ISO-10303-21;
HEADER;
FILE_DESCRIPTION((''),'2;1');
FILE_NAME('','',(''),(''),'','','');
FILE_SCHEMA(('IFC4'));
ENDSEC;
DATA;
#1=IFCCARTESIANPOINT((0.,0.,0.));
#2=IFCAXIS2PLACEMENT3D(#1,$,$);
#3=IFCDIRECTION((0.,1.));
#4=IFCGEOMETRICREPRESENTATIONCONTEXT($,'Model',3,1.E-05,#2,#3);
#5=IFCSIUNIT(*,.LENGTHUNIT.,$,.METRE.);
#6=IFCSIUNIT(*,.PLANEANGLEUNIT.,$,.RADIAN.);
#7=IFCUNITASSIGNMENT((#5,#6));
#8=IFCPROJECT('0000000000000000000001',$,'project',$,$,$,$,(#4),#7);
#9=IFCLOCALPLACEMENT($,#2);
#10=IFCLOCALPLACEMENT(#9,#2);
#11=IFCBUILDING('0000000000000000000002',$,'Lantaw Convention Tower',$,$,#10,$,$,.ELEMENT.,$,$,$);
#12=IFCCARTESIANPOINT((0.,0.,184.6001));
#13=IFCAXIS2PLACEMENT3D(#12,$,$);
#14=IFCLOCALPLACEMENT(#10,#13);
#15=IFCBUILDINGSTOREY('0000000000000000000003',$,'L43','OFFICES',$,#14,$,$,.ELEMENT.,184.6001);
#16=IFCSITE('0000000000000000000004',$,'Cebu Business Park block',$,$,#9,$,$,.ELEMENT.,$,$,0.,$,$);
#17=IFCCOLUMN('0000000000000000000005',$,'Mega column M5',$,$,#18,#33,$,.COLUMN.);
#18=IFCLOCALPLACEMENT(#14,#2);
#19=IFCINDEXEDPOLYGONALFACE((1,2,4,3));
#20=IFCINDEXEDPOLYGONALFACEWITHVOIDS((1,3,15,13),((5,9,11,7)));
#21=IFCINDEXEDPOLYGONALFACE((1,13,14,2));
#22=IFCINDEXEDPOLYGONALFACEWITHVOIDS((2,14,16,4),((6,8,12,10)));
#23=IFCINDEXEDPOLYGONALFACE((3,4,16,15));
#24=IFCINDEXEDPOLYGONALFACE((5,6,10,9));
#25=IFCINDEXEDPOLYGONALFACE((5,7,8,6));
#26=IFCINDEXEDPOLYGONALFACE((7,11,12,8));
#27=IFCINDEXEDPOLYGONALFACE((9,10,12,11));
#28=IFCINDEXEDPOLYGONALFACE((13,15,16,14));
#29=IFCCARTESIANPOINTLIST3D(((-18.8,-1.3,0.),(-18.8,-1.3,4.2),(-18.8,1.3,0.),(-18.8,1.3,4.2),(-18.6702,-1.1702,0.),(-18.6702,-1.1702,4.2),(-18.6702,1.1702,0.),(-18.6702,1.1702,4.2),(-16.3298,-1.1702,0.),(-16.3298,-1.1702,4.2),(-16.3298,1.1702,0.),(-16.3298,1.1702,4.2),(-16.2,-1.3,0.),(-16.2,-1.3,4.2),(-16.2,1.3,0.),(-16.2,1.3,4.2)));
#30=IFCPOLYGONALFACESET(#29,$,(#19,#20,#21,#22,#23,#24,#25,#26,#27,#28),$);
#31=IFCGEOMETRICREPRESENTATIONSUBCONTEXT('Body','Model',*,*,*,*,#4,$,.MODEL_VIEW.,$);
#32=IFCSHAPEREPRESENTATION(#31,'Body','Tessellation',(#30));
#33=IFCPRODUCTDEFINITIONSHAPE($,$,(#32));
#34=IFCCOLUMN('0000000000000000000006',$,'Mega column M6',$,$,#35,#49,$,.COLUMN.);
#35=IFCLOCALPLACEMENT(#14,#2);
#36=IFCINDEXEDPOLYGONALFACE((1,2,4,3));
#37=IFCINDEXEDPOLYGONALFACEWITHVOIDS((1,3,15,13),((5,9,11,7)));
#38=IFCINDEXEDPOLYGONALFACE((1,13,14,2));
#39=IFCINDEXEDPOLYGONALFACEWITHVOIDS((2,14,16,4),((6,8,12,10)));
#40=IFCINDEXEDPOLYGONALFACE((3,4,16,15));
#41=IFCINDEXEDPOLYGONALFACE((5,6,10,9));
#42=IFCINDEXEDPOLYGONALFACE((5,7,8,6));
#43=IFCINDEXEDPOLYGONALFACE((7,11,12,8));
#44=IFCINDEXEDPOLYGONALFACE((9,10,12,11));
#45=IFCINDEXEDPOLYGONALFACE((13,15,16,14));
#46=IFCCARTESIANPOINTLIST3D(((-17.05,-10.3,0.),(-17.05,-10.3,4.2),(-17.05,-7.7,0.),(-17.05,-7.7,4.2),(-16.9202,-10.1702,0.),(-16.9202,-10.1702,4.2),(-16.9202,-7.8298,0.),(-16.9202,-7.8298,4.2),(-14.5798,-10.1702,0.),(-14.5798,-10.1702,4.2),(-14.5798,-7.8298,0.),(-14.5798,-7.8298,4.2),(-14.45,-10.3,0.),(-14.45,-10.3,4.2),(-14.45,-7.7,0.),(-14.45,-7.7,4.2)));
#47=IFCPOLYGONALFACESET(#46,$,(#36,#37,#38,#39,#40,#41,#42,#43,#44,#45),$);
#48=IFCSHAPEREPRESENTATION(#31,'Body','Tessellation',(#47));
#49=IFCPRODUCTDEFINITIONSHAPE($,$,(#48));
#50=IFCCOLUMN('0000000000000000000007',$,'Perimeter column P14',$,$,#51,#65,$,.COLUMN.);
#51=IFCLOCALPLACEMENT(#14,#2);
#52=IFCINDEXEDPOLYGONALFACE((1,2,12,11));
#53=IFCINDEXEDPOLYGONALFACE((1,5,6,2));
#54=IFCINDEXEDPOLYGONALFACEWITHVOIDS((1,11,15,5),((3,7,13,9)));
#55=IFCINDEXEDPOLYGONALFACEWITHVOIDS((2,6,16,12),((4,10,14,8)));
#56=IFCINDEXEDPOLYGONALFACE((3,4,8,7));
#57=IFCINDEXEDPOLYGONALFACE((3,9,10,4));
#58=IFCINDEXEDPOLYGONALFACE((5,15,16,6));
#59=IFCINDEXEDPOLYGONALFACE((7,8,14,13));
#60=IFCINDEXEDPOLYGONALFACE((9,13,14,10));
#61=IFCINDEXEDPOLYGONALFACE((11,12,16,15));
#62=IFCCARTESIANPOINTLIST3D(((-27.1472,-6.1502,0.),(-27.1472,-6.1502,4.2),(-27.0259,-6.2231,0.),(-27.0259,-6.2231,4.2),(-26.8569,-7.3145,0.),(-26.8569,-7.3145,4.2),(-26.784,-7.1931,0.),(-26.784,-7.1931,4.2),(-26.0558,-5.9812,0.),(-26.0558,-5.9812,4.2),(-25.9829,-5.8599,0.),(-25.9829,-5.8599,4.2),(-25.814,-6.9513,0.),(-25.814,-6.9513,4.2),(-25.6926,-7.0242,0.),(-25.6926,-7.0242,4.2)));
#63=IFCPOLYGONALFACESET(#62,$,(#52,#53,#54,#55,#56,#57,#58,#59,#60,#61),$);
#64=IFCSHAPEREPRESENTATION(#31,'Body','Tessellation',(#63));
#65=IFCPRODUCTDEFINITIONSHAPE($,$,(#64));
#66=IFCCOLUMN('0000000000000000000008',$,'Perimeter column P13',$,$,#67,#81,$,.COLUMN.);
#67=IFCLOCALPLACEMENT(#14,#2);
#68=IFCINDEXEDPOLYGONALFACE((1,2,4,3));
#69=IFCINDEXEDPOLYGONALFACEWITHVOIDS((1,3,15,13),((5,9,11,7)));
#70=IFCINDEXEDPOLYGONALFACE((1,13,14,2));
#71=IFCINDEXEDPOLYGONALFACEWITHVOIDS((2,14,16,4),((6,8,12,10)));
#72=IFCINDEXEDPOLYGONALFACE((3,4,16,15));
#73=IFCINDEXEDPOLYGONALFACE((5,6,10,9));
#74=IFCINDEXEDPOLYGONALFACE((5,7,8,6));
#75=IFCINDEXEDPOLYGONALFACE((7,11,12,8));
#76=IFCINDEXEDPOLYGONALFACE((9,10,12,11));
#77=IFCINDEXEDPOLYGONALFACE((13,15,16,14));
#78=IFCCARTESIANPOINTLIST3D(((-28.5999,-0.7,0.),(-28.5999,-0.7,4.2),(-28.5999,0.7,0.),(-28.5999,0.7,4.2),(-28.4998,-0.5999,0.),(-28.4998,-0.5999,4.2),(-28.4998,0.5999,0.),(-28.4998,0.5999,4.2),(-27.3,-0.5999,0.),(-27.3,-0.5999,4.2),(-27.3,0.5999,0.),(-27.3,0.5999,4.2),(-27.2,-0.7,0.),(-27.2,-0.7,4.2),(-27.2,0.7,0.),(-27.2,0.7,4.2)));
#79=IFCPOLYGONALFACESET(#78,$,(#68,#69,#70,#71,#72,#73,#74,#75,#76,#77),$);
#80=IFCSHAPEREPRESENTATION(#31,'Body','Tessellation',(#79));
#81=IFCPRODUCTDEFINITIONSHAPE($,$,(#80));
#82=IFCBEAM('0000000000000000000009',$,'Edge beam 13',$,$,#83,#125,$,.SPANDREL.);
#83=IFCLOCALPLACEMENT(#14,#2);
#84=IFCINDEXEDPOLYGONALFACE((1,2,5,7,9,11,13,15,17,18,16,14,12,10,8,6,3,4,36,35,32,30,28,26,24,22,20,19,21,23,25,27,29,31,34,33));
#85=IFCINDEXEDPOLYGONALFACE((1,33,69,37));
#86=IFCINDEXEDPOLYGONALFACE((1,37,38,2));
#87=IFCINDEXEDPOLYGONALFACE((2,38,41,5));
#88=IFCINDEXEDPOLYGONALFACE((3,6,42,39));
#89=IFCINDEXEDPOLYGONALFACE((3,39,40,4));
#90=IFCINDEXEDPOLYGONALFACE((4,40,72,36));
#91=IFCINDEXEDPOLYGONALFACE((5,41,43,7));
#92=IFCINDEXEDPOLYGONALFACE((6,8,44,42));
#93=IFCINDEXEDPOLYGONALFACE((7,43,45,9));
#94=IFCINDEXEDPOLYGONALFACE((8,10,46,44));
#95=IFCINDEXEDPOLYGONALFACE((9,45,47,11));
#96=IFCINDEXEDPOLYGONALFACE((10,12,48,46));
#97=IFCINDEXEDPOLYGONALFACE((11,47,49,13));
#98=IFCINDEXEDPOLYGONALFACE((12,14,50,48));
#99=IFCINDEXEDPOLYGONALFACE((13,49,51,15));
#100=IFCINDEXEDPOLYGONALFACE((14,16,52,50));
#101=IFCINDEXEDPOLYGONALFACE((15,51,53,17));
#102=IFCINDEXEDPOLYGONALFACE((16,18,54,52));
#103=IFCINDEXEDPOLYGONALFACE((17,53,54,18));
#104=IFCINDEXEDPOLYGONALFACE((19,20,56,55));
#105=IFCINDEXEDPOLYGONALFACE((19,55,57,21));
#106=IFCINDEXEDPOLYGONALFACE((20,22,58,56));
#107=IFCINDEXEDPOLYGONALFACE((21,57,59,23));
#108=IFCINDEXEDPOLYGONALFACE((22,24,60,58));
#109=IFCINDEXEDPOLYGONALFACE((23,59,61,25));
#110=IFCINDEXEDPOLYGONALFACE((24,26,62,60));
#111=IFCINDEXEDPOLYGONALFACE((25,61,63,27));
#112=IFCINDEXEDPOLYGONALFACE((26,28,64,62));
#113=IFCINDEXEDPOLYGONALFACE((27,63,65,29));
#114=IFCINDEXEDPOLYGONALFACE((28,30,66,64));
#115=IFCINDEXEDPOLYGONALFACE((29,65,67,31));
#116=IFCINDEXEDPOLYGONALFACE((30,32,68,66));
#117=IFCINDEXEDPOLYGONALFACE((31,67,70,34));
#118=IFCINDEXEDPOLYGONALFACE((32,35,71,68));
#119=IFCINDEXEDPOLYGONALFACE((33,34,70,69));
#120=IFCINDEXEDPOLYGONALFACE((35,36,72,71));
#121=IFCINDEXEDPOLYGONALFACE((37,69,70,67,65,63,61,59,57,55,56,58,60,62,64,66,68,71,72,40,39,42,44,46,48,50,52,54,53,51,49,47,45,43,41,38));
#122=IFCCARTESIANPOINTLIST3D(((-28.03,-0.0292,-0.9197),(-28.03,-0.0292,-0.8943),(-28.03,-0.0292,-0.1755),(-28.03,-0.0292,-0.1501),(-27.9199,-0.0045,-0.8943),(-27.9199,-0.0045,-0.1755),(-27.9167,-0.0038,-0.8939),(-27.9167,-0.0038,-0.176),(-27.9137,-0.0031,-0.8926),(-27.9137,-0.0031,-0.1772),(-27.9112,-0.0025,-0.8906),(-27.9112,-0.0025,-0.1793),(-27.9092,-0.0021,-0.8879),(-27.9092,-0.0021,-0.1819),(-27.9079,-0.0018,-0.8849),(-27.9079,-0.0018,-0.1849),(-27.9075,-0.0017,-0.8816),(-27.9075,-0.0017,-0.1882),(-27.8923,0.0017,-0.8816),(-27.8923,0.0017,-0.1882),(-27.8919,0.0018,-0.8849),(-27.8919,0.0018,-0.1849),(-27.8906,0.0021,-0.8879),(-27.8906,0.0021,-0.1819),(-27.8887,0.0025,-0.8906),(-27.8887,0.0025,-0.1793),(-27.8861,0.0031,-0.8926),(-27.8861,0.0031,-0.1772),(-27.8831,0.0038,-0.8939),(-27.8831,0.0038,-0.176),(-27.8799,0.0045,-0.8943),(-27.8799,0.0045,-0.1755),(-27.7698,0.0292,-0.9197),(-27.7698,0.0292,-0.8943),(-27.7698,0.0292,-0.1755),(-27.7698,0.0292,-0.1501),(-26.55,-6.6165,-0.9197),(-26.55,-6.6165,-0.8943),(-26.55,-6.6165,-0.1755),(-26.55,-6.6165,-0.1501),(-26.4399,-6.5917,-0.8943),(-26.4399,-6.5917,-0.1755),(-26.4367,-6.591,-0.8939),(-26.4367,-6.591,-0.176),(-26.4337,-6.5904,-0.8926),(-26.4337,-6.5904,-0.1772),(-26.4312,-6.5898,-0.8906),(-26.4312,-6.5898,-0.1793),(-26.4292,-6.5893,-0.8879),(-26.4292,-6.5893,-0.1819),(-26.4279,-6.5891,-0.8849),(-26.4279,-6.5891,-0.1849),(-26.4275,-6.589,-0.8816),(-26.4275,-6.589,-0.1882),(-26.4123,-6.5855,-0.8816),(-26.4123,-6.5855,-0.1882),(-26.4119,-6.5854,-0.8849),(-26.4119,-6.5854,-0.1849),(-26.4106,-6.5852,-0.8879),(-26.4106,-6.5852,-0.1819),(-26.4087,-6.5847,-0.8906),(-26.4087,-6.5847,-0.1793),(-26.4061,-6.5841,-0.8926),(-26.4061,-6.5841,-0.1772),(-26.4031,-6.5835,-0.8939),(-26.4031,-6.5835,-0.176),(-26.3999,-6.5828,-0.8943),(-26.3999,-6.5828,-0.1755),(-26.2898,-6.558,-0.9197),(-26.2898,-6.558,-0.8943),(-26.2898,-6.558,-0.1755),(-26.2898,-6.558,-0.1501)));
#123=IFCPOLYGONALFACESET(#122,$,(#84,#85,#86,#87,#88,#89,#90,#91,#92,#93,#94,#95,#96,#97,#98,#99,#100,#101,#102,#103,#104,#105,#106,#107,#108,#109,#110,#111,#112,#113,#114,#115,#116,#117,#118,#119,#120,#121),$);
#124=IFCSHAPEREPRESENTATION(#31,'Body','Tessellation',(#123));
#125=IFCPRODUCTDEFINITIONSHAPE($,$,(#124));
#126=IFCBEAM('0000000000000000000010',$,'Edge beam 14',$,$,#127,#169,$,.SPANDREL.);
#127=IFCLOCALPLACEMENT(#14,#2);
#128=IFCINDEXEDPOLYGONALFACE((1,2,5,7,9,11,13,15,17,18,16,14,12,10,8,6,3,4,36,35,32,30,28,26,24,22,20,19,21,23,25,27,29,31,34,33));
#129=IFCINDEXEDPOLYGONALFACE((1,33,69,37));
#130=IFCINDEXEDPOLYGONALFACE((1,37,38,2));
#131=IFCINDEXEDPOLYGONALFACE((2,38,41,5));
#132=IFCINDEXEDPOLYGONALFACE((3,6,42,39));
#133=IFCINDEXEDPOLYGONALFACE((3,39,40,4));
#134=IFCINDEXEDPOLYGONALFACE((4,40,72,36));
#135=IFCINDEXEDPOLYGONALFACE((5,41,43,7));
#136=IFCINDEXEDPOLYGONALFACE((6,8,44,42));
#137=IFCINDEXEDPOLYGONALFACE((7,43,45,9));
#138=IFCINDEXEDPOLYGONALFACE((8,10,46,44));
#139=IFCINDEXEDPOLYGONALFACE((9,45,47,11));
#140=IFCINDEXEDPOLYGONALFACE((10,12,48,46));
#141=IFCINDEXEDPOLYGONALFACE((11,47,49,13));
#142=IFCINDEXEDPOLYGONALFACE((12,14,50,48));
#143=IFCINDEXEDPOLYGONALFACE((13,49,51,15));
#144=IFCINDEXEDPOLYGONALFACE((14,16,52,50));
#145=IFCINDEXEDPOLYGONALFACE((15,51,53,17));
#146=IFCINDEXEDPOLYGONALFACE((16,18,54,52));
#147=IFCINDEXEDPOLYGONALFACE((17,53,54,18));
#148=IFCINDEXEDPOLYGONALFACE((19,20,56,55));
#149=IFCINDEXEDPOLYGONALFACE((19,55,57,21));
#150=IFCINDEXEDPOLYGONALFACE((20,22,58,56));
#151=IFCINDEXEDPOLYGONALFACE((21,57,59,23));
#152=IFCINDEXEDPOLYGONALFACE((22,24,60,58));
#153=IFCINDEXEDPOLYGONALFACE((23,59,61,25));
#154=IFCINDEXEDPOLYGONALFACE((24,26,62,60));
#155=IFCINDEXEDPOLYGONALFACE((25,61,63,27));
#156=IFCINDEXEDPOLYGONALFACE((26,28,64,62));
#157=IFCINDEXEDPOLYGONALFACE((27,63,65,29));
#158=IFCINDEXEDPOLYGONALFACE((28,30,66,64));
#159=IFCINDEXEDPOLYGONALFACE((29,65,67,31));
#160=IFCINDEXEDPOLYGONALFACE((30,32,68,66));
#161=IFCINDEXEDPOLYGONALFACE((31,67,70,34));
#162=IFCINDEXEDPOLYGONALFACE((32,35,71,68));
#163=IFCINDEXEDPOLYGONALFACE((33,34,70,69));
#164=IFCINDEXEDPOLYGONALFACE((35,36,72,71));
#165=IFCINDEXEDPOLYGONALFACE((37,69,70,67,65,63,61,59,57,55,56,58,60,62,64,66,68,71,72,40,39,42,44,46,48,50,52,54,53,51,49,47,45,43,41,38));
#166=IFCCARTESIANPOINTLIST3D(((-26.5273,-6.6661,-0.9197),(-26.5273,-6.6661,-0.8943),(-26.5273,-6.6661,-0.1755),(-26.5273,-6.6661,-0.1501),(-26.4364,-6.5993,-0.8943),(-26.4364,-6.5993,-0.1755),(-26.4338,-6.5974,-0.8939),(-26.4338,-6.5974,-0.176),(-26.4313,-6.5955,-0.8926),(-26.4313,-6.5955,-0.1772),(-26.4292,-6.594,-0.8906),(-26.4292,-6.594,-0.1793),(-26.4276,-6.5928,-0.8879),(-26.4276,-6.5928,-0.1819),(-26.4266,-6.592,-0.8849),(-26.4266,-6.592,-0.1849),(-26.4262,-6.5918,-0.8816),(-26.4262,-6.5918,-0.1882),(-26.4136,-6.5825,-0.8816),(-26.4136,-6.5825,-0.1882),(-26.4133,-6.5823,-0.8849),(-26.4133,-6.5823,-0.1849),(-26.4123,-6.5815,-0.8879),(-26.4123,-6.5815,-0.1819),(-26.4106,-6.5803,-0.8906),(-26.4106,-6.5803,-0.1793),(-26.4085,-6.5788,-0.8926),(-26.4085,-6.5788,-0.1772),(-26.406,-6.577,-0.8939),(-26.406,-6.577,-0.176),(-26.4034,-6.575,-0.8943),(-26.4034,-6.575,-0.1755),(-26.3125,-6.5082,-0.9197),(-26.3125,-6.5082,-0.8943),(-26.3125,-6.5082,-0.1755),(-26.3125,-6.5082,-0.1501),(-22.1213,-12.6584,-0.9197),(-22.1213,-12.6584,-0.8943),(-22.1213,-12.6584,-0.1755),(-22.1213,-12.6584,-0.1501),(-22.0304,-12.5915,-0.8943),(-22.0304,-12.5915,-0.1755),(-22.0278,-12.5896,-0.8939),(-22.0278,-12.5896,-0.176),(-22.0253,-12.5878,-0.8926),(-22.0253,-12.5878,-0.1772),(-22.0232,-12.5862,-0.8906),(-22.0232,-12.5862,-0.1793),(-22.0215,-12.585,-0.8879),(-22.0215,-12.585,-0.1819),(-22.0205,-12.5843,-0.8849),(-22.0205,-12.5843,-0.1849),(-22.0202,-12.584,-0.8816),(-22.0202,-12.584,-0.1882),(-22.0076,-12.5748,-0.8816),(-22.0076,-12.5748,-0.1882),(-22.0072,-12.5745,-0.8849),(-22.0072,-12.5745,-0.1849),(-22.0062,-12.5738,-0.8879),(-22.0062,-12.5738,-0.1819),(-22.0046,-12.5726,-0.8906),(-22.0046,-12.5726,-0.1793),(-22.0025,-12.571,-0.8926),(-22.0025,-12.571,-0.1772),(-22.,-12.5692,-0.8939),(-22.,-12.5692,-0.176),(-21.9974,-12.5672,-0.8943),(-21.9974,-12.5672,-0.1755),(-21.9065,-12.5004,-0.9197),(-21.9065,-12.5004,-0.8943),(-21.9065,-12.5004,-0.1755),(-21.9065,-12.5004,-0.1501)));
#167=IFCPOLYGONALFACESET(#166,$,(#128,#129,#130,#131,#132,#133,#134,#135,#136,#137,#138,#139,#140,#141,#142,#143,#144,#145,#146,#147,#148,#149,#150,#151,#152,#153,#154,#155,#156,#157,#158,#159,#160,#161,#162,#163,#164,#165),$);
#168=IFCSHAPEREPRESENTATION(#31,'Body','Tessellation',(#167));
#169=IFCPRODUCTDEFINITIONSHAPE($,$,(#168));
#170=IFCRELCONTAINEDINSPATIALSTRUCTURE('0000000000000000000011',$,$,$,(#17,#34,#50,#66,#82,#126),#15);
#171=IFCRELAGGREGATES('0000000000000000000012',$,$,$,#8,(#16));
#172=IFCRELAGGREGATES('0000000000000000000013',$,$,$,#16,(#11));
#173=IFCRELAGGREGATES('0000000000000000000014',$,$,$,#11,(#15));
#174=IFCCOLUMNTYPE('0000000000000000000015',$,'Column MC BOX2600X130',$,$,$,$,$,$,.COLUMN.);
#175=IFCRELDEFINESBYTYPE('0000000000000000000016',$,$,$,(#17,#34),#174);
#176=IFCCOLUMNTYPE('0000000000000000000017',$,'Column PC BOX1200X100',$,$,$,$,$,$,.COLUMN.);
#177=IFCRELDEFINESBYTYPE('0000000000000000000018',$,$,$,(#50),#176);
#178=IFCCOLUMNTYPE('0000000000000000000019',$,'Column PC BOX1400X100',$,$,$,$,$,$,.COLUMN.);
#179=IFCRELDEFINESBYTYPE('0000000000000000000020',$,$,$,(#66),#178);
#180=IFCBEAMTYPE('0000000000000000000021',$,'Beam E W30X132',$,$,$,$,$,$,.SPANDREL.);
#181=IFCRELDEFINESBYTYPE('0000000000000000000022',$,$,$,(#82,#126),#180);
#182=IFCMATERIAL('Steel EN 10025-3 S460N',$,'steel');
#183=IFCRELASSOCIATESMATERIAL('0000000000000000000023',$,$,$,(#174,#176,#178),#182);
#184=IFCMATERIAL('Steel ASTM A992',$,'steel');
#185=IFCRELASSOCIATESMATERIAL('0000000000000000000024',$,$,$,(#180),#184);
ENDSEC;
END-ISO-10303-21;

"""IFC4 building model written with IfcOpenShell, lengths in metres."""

from ifc_helpers import new_model, si_unit, direction, frame, origin, origin_2d, place, context, subcontext, project, spatial, rectangle, hollow_rectangle, i_section, extrude, material, material_profile, profile_set, type_object, element, save


model = new_model("IFC4")

# Units and contexts
model_context = context("Model", 3, precision=1e-05, world=origin(), true_north=direction((0.0, 1.0)))
body_context = subcontext(model_context, "Body", "Model", "MODEL_VIEW")
ifc_project = project(units=[si_unit("LENGTHUNIT", "METRE"), si_unit("PLANEANGLEUNIT", "RADIAN")], contexts=[model_context])

# Site, building, storey
site_placement = place(None, origin())
site = spatial("IfcSite", under=ifc_project, at=site_placement, Name="Cebu Business Park block", CompositionType="ELEMENT", RefElevation=0.0)
building_placement = place(site_placement, origin())
building = spatial("IfcBuilding", under=site, at=building_placement, Name="Lantaw Convention Tower", CompositionType="ELEMENT")
storey_placement = place(building_placement, frame((0.0, 0.0, 184.6001)))
storey = spatial("IfcBuildingStorey", under=building, at=storey_placement, Name="L43", Description="OFFICES", CompositionType="ELEMENT", Elevation=184.6001)

# Columns
ifc_material_1 = material(Name="Steel EN 10025-3 S460N", Category="steel")
ifc_material_profile_1 = material_profile(ifc_material_1, hollow_rectangle(XDim=2.6001, YDim=2.6001, WallThickness=0.1299, at=origin_2d()), Name="BOX2600X130")
ifc_material_2 = material(Name="Concrete C60/75", Category="concrete")
ifc_material_profile_2 = material_profile(ifc_material_2, rectangle(XDim=2.3401, YDim=2.3401, at=origin_2d()), Name="Concrete fill of BOX2600X130")
ifc_profile_set_1 = profile_set([ifc_material_profile_1, ifc_material_profile_2], Name="Steel EN 10025-3 S460N")
column_type_1 = type_object("IfcColumnType", Name="Column MC BOX2600X130", PredefinedType="COLUMN", material=ifc_profile_set_1)
for number, where, z_axis, x_axis, name in (
    (1, (-17.5, 0.0, 0.0), (0.0, 0.0, 1.0), (1.0, 0.0, 0.0), "Mega column M5"),
    (2, (-15.75, -9.0, 0.0), (0.0, 0.0, 1.0), (1.0, 0.0, 0.0), "Mega column M6"),
):
    element("IfcColumn", number, at=place(storey_placement, frame(where, z_axis=z_axis, x_axis=x_axis)), inside=storey, type_object=column_type_1, Name=name, PredefinedType="COLUMN", context=body_context, shape_type="SweptSolid", body=[
        extrude(hollow_rectangle(XDim=2.6001, YDim=2.6001, WallThickness=0.1299, at=origin_2d()), origin(), (0.0, 0.0, 1.0), 4.2),
    ])
ifc_material_profile_3 = material_profile(ifc_material_1, hollow_rectangle(XDim=1.2, YDim=1.2, WallThickness=0.1001, at=origin_2d()), Name="BOX1200X100")
ifc_material_profile_4 = material_profile(ifc_material_2, rectangle(XDim=1.0, YDim=1.0, at=origin_2d()), Name="Concrete fill of BOX1200X100")
ifc_profile_set_2 = profile_set([ifc_material_profile_3, ifc_material_profile_4], Name="Steel EN 10025-3 S460N")
column_type_2 = type_object("IfcColumnType", Name="Column PC BOX1200X100", PredefinedType="COLUMN", material=ifc_profile_set_2)
column_1_placement = place(storey_placement, frame((-26.4199, -6.5872, 0.0), z_axis=(0.0, 0.0, 1.0), x_axis=(0.970296, 0.241922, 0.0)))
element("IfcColumn", 3, at=column_1_placement, inside=storey, type_object=column_type_2, Name="Perimeter column P14", PredefinedType="COLUMN", context=body_context, shape_type="SweptSolid", body=[
    extrude(hollow_rectangle(XDim=1.2, YDim=1.2, WallThickness=0.1001, at=origin_2d()), origin(), (0.0, 0.0, 1.0), 4.2),
])
ifc_material_profile_5 = material_profile(ifc_material_1, hollow_rectangle(XDim=1.3999, YDim=1.3999, WallThickness=0.1001, at=origin_2d()), Name="BOX1400X100")
ifc_material_profile_6 = material_profile(ifc_material_2, rectangle(XDim=1.2, YDim=1.2, at=origin_2d()), Name="Concrete fill of BOX1400X100")
ifc_profile_set_3 = profile_set([ifc_material_profile_5, ifc_material_profile_6], Name="Steel EN 10025-3 S460N")
column_type_3 = type_object("IfcColumnType", Name="Column PC BOX1400X100", PredefinedType="COLUMN", material=ifc_profile_set_3)
column_2_placement = place(storey_placement, frame((-27.8999, 0.0, 0.0), z_axis=(0.0, 0.0, 1.0), x_axis=(1.0, 0.0, 0.0)))
element("IfcColumn", 4, at=column_2_placement, inside=storey, type_object=column_type_3, Name="Perimeter column P13", PredefinedType="COLUMN", context=body_context, shape_type="SweptSolid", body=[
    extrude(hollow_rectangle(XDim=1.3999, YDim=1.3999, WallThickness=0.1001, at=origin_2d()), origin(), (0.0, 0.0, 1.0), 4.2),
])

# Beams
ifc_material_3 = material(Name="Steel ASTM A992", Category="steel")
ifc_material_profile_7 = material_profile(ifc_material_3, i_section(OverallWidth=0.2666, OverallDepth=0.7695, WebThickness=0.0156, FlangeThickness=0.0254, FilletRadius=0.0127, at=origin_2d()), Name="W30X132")
ifc_profile_set_4 = profile_set([ifc_material_profile_7], Name="Steel ASTM A992")
beam_type_1 = type_object("IfcBeamType", Name="Beam E W30X132", PredefinedType="SPANDREL", material=ifc_profile_set_4)
beam_1_placement = place(storey_placement, frame((-27.8999, 0.0, -0.5349), z_axis=(0.219212, -0.975677, 0.0), x_axis=(0.975677, 0.219212, 0.0)))
element("IfcBeam", 5, at=beam_1_placement, inside=storey, type_object=beam_type_1, Name="Edge beam 13", PredefinedType="SPANDREL", context=body_context, shape_type="SweptSolid", body=[
    extrude(i_section(OverallWidth=0.2666, OverallDepth=0.7695, WebThickness=0.0156, FlangeThickness=0.0254, FilletRadius=0.0127, at=origin_2d()), origin(), (0.0, 0.0, 1.0), 6.7515),
])
beam_2_placement = place(storey_placement, frame((-26.4199, -6.5872, -0.5349), z_axis=(0.592389, -0.805652, 0.0), x_axis=(0.805652, 0.592389, 0.0)))
element("IfcBeam", 6, at=beam_2_placement, inside=storey, type_object=beam_type_1, Name="Edge beam 14", PredefinedType="SPANDREL", context=body_context, shape_type="SweptSolid", body=[
    extrude(i_section(OverallWidth=0.2666, OverallDepth=0.7695, WebThickness=0.0156, FlangeThickness=0.0254, FilletRadius=0.0127, at=origin_2d()), origin(), (0.0, 0.0, 1.0), 7.4377),
])

save(model, "model.ifc")
